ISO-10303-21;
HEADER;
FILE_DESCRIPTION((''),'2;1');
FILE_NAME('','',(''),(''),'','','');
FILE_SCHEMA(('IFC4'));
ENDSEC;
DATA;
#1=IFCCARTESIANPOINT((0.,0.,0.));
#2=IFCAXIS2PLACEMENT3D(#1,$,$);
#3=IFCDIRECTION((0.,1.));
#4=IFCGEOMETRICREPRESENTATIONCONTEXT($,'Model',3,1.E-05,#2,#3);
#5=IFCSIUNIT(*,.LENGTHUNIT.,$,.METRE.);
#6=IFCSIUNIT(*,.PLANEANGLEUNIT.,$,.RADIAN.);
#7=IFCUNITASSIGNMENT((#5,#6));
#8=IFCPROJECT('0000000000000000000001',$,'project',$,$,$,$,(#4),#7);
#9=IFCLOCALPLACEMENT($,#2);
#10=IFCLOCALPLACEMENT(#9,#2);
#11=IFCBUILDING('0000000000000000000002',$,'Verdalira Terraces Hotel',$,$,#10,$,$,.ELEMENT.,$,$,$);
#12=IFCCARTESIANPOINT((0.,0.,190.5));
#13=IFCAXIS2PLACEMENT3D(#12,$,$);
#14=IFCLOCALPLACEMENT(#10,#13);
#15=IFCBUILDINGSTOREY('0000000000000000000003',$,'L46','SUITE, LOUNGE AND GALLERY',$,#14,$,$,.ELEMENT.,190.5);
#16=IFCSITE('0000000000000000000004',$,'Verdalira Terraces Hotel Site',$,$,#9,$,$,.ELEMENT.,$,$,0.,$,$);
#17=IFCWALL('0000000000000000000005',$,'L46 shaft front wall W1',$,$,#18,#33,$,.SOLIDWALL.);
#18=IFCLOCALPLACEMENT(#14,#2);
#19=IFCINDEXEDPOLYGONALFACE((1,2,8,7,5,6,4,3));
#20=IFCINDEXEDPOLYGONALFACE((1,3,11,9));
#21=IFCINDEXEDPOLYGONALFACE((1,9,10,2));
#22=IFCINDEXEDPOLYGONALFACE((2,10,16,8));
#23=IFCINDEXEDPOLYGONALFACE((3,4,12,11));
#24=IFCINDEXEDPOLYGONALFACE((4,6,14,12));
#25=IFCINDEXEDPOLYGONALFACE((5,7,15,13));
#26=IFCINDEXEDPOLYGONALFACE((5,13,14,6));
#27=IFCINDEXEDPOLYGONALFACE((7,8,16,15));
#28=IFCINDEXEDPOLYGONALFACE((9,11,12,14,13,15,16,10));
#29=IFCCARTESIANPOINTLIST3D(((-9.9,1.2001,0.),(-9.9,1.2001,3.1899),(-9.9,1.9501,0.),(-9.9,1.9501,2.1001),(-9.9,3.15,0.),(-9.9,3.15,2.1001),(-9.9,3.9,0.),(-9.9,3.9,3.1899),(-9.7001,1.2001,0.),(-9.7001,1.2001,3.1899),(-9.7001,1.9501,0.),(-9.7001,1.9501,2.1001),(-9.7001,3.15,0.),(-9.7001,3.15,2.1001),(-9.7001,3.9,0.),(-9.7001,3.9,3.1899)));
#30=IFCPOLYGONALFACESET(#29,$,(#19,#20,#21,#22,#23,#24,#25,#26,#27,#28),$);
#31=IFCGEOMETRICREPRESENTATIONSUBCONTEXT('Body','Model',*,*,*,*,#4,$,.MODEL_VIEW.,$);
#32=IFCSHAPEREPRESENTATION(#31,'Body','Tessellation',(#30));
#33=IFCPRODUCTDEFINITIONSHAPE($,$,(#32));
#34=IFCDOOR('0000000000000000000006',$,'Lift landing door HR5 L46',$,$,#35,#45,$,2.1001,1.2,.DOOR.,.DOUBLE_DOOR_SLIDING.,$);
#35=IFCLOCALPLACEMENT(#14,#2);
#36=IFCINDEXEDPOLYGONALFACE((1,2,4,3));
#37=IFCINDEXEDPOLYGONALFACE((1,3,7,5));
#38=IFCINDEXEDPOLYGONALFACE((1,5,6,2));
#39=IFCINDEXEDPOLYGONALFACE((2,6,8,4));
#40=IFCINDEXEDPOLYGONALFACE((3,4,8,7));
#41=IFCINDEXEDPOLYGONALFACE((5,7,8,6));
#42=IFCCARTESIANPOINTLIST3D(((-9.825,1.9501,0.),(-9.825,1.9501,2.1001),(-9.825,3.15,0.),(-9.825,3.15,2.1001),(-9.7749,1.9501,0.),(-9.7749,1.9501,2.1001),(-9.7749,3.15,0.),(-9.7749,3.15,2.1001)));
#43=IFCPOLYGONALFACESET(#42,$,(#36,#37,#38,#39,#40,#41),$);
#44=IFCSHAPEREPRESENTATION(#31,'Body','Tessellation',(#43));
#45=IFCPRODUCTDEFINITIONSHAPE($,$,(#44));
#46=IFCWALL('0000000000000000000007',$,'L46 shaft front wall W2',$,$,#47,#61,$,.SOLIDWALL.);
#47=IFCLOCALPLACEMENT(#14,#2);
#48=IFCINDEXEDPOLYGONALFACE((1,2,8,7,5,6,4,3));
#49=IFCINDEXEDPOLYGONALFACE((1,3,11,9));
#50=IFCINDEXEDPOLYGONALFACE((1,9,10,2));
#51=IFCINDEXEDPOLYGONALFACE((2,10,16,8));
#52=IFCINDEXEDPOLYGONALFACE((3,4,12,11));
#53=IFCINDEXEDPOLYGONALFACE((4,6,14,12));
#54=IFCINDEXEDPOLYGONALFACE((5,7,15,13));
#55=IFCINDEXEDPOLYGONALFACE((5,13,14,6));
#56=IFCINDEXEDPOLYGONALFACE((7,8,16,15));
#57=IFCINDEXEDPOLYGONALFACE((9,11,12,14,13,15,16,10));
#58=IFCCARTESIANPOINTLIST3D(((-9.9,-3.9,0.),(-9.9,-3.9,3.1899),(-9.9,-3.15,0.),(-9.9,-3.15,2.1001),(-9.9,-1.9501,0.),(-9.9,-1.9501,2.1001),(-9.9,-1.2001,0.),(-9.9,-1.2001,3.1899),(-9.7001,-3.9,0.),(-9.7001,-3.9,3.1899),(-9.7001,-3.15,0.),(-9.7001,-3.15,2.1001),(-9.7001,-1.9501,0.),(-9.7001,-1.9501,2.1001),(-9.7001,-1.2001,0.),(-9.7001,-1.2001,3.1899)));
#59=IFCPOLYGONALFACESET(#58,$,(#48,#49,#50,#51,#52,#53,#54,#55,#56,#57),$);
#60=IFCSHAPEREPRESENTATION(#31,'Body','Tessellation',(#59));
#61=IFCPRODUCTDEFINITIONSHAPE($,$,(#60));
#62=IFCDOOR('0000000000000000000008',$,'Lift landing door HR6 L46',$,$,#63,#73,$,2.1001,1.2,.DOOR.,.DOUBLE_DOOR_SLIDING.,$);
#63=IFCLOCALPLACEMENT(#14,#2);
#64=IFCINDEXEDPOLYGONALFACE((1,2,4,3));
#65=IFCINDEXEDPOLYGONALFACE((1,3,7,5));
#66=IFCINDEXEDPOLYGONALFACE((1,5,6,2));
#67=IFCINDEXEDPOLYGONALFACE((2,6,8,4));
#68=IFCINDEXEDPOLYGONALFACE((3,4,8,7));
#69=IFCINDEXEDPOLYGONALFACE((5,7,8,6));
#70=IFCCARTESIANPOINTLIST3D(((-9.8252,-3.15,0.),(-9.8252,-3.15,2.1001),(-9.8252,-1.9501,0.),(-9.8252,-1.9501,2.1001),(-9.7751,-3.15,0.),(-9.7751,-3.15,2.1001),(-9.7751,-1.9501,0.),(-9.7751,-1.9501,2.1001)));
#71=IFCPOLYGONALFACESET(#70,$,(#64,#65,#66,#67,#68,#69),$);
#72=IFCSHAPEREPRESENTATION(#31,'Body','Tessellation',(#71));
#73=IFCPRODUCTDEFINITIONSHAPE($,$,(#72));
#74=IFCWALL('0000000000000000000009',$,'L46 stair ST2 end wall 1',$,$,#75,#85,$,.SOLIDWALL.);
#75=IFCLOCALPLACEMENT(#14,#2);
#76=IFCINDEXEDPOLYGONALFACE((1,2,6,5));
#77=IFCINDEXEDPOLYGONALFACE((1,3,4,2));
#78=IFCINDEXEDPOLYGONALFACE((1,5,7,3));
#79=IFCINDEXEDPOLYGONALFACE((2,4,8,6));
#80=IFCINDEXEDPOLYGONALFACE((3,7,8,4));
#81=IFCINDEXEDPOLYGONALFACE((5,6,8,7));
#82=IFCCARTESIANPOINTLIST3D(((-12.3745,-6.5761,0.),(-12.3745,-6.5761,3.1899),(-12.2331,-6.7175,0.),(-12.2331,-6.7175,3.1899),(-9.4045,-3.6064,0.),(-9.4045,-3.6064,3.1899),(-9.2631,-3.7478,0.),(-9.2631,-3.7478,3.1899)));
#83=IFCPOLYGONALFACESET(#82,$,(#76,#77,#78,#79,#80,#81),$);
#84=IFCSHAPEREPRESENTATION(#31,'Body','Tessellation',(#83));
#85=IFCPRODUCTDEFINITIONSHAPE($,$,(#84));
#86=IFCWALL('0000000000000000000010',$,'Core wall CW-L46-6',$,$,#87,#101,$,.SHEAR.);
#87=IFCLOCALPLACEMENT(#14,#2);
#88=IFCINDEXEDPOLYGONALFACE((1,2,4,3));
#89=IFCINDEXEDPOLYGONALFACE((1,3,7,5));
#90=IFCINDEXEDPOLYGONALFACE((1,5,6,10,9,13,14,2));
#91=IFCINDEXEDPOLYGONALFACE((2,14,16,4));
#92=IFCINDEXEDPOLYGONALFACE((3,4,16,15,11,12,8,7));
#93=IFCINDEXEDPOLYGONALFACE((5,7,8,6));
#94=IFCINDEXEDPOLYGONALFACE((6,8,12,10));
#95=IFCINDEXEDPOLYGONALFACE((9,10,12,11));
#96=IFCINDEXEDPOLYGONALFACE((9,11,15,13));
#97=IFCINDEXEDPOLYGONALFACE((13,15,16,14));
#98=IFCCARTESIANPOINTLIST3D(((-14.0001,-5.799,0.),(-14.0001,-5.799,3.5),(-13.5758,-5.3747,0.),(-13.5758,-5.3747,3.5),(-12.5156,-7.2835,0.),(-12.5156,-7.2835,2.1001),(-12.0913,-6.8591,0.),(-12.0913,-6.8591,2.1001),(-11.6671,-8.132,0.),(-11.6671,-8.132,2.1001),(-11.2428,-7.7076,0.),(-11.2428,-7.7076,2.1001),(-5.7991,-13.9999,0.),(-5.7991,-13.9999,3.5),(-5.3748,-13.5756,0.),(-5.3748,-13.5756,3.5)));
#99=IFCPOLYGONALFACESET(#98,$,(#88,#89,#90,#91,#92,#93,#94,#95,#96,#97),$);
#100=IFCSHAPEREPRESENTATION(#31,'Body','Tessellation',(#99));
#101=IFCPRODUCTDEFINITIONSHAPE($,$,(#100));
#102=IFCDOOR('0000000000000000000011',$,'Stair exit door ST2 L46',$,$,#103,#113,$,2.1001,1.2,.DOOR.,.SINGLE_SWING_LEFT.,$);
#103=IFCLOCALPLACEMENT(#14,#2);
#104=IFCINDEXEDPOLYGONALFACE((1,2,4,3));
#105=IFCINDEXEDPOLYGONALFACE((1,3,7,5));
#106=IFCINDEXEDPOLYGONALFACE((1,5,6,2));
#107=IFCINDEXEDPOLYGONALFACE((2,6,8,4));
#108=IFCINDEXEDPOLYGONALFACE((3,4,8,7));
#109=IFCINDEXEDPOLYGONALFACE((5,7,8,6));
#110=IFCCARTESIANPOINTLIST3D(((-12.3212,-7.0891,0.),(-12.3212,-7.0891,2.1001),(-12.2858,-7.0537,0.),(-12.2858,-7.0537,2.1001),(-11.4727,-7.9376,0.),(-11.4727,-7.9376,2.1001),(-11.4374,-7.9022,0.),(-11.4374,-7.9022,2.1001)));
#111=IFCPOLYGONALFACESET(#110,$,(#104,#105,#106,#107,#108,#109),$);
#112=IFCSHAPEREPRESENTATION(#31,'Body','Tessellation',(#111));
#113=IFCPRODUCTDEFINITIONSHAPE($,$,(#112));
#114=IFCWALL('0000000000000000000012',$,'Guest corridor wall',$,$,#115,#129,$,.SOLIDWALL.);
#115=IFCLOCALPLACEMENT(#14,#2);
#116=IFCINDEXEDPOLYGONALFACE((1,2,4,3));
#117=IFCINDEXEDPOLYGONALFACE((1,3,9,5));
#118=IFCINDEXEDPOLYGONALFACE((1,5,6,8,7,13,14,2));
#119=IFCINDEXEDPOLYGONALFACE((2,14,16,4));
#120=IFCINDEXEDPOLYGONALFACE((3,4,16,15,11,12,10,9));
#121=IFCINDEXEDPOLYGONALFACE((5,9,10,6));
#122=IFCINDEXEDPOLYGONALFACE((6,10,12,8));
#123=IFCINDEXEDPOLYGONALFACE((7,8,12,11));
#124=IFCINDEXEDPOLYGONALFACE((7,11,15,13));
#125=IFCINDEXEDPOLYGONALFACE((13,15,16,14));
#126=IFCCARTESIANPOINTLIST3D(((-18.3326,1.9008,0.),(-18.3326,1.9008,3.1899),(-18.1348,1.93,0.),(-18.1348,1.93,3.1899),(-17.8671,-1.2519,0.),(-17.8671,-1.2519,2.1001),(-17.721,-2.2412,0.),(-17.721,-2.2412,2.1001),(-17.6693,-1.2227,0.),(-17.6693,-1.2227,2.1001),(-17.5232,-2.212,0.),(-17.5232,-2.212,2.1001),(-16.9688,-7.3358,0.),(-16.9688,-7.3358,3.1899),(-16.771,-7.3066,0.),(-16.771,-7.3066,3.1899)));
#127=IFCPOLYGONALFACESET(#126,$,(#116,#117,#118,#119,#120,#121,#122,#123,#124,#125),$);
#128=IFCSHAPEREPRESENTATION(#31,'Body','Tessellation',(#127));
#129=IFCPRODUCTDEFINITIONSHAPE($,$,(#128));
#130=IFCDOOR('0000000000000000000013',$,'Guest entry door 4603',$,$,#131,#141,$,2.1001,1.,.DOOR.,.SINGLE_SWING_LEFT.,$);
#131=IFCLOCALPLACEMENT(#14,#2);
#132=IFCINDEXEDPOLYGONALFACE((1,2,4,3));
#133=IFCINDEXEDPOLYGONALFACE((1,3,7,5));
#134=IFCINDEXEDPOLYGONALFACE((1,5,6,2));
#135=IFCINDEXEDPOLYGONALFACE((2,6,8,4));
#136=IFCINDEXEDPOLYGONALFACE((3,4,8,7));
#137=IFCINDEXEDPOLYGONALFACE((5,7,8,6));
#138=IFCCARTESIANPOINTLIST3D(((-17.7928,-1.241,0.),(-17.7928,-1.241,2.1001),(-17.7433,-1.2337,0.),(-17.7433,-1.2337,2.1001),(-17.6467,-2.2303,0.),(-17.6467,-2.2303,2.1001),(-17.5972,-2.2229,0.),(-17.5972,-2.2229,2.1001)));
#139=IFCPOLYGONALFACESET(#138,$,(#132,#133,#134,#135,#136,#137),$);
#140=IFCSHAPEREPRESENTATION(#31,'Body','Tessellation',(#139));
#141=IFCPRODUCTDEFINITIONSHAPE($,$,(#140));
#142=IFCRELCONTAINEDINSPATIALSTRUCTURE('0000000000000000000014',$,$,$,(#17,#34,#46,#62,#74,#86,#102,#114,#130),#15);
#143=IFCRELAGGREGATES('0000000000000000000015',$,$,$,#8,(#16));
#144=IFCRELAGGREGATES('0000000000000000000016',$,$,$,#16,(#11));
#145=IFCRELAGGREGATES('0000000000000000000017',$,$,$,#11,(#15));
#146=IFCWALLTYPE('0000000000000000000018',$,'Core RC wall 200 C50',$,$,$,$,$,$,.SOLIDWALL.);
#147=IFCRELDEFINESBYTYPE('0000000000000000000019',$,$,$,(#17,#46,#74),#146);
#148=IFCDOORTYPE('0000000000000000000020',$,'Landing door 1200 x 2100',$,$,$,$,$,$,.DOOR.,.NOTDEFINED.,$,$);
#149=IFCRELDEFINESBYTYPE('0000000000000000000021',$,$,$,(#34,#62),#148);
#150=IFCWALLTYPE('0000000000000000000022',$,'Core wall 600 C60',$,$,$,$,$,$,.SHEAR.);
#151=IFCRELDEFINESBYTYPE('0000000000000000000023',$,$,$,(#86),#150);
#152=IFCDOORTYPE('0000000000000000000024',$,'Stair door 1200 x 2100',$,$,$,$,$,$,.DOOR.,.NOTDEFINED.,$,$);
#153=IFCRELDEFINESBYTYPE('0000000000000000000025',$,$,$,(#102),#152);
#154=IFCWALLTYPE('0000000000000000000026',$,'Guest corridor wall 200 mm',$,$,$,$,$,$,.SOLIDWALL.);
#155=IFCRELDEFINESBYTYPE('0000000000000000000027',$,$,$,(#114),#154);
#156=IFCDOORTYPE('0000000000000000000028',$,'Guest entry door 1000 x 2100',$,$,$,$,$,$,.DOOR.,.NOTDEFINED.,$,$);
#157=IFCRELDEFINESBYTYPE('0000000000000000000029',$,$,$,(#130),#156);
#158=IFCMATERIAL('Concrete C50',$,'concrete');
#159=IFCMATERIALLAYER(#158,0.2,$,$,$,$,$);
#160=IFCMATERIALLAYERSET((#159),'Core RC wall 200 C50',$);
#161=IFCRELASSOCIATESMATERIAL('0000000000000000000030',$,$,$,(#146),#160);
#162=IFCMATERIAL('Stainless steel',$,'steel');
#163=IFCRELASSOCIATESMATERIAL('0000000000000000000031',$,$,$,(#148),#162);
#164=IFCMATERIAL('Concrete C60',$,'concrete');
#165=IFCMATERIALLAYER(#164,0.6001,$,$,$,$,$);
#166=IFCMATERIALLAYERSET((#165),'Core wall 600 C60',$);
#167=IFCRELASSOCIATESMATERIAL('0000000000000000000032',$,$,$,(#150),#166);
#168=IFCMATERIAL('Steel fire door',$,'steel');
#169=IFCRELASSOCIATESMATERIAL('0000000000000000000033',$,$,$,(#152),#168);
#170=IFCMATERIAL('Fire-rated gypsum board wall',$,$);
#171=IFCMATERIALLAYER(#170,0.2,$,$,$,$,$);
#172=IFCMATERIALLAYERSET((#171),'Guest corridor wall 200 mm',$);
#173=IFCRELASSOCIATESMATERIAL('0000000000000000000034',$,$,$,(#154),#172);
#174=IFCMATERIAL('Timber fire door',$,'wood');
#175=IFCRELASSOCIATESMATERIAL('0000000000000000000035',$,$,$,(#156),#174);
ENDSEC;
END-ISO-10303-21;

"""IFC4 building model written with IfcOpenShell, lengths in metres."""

from ifc_helpers import new_model, si_unit, direction, frame, frame_2d, origin, place, context, subcontext, project, spatial, rectangle, extrude, material, layer, layer_set, type_object, element, fill, save


model = new_model("IFC4")

# Units and contexts
model_context = context("Model", 3, precision=1e-05, world=origin(), true_north=direction((0.0, 1.0)))
body_context = subcontext(model_context, "Body", "Model", "MODEL_VIEW")
ifc_project = project(units=[si_unit("LENGTHUNIT", "METRE"), si_unit("PLANEANGLEUNIT", "RADIAN")], contexts=[model_context])

# Site, building, storey
site_placement = place(None, origin())
site = spatial("IfcSite", under=ifc_project, at=site_placement, Name="Verdalira Terraces Hotel Site", CompositionType="ELEMENT", RefElevation=0.0)
building_placement = place(site_placement, origin())
building = spatial("IfcBuilding", under=site, at=building_placement, Name="Verdalira Terraces Hotel", CompositionType="ELEMENT")
storey_placement = place(building_placement, frame((0.0, 0.0, 190.5)))
storey = spatial("IfcBuildingStorey", under=building, at=storey_placement, Name="L46", Description="SUITE, LOUNGE AND GALLERY", CompositionType="ELEMENT", Elevation=190.5)

# Walls, openings, doors
ifc_material_1 = material(Name="Concrete C50", Category="concrete")
ifc_layer_1 = layer(ifc_material_1, 0.2)
ifc_layer_set_1 = layer_set([ifc_layer_1], Name="Core RC wall 200 C50")
wall_type_1 = type_object("IfcWallType", Name="Core RC wall 200 C50", PredefinedType="SOLIDWALL", material=ifc_layer_set_1)
wall_1_placement = place(storey_placement, frame((-9.8, 1.2, 0.0), z_axis=(0.0, 0.0, 1.0), x_axis=(0.0, 1.0, 0.0)))
wall_1 = element("IfcWall", 1, at=wall_1_placement, inside=storey, type_object=wall_type_1, Name="L46 shaft front wall W1", PredefinedType="SOLIDWALL", context=body_context, shape_type="SweptSolid", body=[
    extrude(rectangle(XDim=2.7, YDim=0.2, at=frame_2d((1.3501, 0.0))), origin(), (0.0, 0.0, 1.0), 3.1899),
])
opening_1_placement = place(wall_1_placement, frame((0.75, 0.0, 0.0)))
opening_1 = element("IfcOpeningElement", 2, at=opening_1_placement, cuts=wall_1, PredefinedType="OPENING", context=body_context, shape_type="SweptSolid", body=[
    extrude(rectangle(XDim=1.2, YDim=2.1001, at=frame_2d((0.6001, 1.05))), frame((0.0, 0.1099, 0.0), z_axis=(0.0, -1.0, 0.0), x_axis=(1.0, 0.0, 0.0)), (0.0, 0.0, 1.0), 0.22),
])
ifc_material_2 = material(Name="Stainless steel", Category="steel")
door_type_1 = type_object("IfcDoorType", Name="Landing door 1200 x 2100", OperationType="NOTDEFINED", PredefinedType="DOOR", material=ifc_material_2)
door_1_placement = place(opening_1_placement, origin())
door_1 = element("IfcDoor", 3, at=door_1_placement, inside=storey, type_object=door_type_1, Name="Lift landing door HR5 L46", OperationType="DOUBLE_DOOR_SLIDING", OverallHeight=2.1001, OverallWidth=1.2, PredefinedType="DOOR", context=body_context, shape_type="SweptSolid", body=[
    extrude(rectangle(XDim=1.2, YDim=2.1001, at=frame_2d((0.6001, 1.05))), frame((0.0, 0.0249, 0.0), z_axis=(0.0, -1.0, 0.0), x_axis=(1.0, 0.0, 0.0)), (0.0, 0.0, 1.0), 0.05),
])
fill(opening_1, door_1)
wall_2_placement = place(storey_placement, frame((-9.8, -1.2, 0.0), z_axis=(0.0, 0.0, 1.0), x_axis=(0.0, -1.0, 0.0)))
wall_2 = element("IfcWall", 4, at=wall_2_placement, inside=storey, type_object=wall_type_1, Name="L46 shaft front wall W2", PredefinedType="SOLIDWALL", context=body_context, shape_type="SweptSolid", body=[
    extrude(rectangle(XDim=2.7, YDim=0.2, at=frame_2d((1.3501, 0.0))), origin(), (0.0, 0.0, 1.0), 3.1899),
])
opening_2_placement = place(wall_2_placement, frame((0.75, 0.0, 0.0)))
opening_2 = element("IfcOpeningElement", 5, at=opening_2_placement, cuts=wall_2, PredefinedType="OPENING", context=body_context, shape_type="SweptSolid", body=[
    extrude(rectangle(XDim=1.2, YDim=2.1001, at=frame_2d((0.6001, 1.05))), frame((0.0, 0.1099, 0.0), z_axis=(0.0, -1.0, 0.0), x_axis=(1.0, 0.0, 0.0)), (0.0, 0.0, 1.0), 0.22),
])
door_2_placement = place(opening_2_placement, origin())
door_2 = element("IfcDoor", 6, at=door_2_placement, inside=storey, type_object=door_type_1, Name="Lift landing door HR6 L46", OperationType="DOUBLE_DOOR_SLIDING", OverallHeight=2.1001, OverallWidth=1.2, PredefinedType="DOOR", context=body_context, shape_type="SweptSolid", body=[
    extrude(rectangle(XDim=1.2, YDim=2.1001, at=frame_2d((0.6001, 1.05))), frame((0.0, 0.0249, 0.0), z_axis=(0.0, -1.0, 0.0), x_axis=(1.0, 0.0, 0.0)), (0.0, 0.0, 1.0), 0.05),
])
fill(opening_2, door_2)

# Wall
wall_3_placement = place(storey_placement, frame((-9.3337, -3.677, 0.0), z_axis=(0.0, 0.0, 1.0), x_axis=(-0.707136, -0.707078, 0.0)))
element("IfcWall", 7, at=wall_3_placement, inside=storey, type_object=wall_type_1, Name="L46 stair ST2 end wall 1", PredefinedType="SOLIDWALL", context=body_context, shape_type="SweptSolid", body=[
    extrude(rectangle(XDim=4.2, YDim=0.2, at=frame_2d((2.1001, 0.0))), origin(), (0.0, 0.0, 1.0), 3.1899),
])

# Walls, openings, doors
ifc_material_3 = material(Name="Concrete C60", Category="concrete")
ifc_layer_2 = layer(ifc_material_3, 0.6001)
ifc_layer_set_2 = layer_set([ifc_layer_2], Name="Core wall 600 C60")
wall_type_2 = type_object("IfcWallType", Name="Core wall 600 C60", PredefinedType="SHEAR", material=ifc_layer_set_2)
wall_4_placement = place(storey_placement, frame((-13.7878, -5.5869, 0.0), z_axis=(0.0, 0.0, 1.0), x_axis=(0.707107, -0.707107, 0.0)))
wall_4 = element("IfcWall", 8, at=wall_4_placement, inside=storey, type_object=wall_type_2, Name="Core wall CW-L46-6", PredefinedType="SHEAR", context=body_context, shape_type="SweptSolid", body=[
    extrude(rectangle(XDim=11.5979, YDim=0.6001, at=frame_2d((5.7988, 0.0))), origin(), (0.0, 0.0, 1.0), 3.5),
])
opening_3_placement = place(wall_4_placement, frame((2.0991, 0.0, 0.0)))
opening_3 = element("IfcOpeningElement", 9, at=opening_3_placement, cuts=wall_4, PredefinedType="OPENING", context=body_context, shape_type="SweptSolid", body=[
    extrude(rectangle(XDim=1.2, YDim=2.1001, at=frame_2d((0.6001, 1.05))), frame((0.0, 0.3101, 0.0), z_axis=(0.0, -1.0, 0.0), x_axis=(1.0, 0.0, 0.0)), (0.0, 0.0, 1.0), 0.6201),
])
ifc_material_4 = material(Name="Steel fire door", Category="steel")
door_type_2 = type_object("IfcDoorType", Name="Stair door 1200 x 2100", OperationType="NOTDEFINED", PredefinedType="DOOR", material=ifc_material_4)
door_3_placement = place(opening_3_placement, origin())
door_3 = element("IfcDoor", 10, at=door_3_placement, inside=storey, type_object=door_type_2, Name="Stair exit door ST2 L46", OperationType="SINGLE_SWING_LEFT", OverallHeight=2.1001, OverallWidth=1.2, PredefinedType="DOOR", context=body_context, shape_type="SweptSolid", body=[
    extrude(rectangle(XDim=1.2, YDim=2.1001, at=frame_2d((0.6001, 1.05))), frame((0.0, 0.0249, 0.0), z_axis=(0.0, -1.0, 0.0), x_axis=(1.0, 0.0, 0.0)), (0.0, 0.0, 1.0), 0.05),
])
fill(opening_3, door_3)
ifc_material_5 = material(Name="Fire-rated gypsum board wall")
ifc_layer_3 = layer(ifc_material_5, 0.2)
ifc_layer_set_3 = layer_set([ifc_layer_3], Name="Guest corridor wall 200 mm")
wall_type_3 = type_object("IfcWallType", Name="Guest corridor wall 200 mm", PredefinedType="SOLIDWALL", material=ifc_layer_set_3)
wall_5_placement = place(storey_placement, frame((-16.8699, -7.3213, 0.0), z_axis=(0.0, 0.0, 1.0), x_axis=(-0.146065, 0.989275, 0.0)))
wall_5 = element("IfcWall", 11, at=wall_5_placement, inside=storey, type_object=wall_type_3, Name="Guest corridor wall", PredefinedType="SOLIDWALL", context=body_context, shape_type="SweptSolid", body=[
    extrude(rectangle(XDim=9.3367, YDim=0.2, at=frame_2d((4.6685, 0.0))), origin(), (0.0, 0.0, 1.0), 3.1899),
])
opening_4_placement = place(wall_5_placement, frame((5.1499, 0.0, 0.0)))
opening_4 = element("IfcOpeningElement", 12, at=opening_4_placement, cuts=wall_5, PredefinedType="OPENING", context=body_context, shape_type="SweptSolid", body=[
    extrude(rectangle(XDim=1.0, YDim=2.1001, at=frame_2d((0.5, 1.05))), frame((0.0, 0.1099, 0.0), z_axis=(0.0, -1.0, 0.0), x_axis=(1.0, 0.0, 0.0)), (0.0, 0.0, 1.0), 0.22),
])
ifc_material_6 = material(Name="Timber fire door", Category="wood")
door_type_3 = type_object("IfcDoorType", Name="Guest entry door 1000 x 2100", OperationType="NOTDEFINED", PredefinedType="DOOR", material=ifc_material_6)
door_4_placement = place(opening_4_placement, origin())
door_4 = element("IfcDoor", 13, at=door_4_placement, inside=storey, type_object=door_type_3, Name="Guest entry door 4603", OperationType="SINGLE_SWING_LEFT", OverallHeight=2.1001, OverallWidth=1.0, PredefinedType="DOOR", context=body_context, shape_type="SweptSolid", body=[
    extrude(rectangle(XDim=1.0, YDim=2.1001, at=frame_2d((0.5, 1.05))), frame((0.0, 0.0249, 0.0), z_axis=(0.0, -1.0, 0.0), x_axis=(1.0, 0.0, 0.0)), (0.0, 0.0, 1.0), 0.05),
])
fill(opening_4, door_4)

save(model, "model.ifc")
